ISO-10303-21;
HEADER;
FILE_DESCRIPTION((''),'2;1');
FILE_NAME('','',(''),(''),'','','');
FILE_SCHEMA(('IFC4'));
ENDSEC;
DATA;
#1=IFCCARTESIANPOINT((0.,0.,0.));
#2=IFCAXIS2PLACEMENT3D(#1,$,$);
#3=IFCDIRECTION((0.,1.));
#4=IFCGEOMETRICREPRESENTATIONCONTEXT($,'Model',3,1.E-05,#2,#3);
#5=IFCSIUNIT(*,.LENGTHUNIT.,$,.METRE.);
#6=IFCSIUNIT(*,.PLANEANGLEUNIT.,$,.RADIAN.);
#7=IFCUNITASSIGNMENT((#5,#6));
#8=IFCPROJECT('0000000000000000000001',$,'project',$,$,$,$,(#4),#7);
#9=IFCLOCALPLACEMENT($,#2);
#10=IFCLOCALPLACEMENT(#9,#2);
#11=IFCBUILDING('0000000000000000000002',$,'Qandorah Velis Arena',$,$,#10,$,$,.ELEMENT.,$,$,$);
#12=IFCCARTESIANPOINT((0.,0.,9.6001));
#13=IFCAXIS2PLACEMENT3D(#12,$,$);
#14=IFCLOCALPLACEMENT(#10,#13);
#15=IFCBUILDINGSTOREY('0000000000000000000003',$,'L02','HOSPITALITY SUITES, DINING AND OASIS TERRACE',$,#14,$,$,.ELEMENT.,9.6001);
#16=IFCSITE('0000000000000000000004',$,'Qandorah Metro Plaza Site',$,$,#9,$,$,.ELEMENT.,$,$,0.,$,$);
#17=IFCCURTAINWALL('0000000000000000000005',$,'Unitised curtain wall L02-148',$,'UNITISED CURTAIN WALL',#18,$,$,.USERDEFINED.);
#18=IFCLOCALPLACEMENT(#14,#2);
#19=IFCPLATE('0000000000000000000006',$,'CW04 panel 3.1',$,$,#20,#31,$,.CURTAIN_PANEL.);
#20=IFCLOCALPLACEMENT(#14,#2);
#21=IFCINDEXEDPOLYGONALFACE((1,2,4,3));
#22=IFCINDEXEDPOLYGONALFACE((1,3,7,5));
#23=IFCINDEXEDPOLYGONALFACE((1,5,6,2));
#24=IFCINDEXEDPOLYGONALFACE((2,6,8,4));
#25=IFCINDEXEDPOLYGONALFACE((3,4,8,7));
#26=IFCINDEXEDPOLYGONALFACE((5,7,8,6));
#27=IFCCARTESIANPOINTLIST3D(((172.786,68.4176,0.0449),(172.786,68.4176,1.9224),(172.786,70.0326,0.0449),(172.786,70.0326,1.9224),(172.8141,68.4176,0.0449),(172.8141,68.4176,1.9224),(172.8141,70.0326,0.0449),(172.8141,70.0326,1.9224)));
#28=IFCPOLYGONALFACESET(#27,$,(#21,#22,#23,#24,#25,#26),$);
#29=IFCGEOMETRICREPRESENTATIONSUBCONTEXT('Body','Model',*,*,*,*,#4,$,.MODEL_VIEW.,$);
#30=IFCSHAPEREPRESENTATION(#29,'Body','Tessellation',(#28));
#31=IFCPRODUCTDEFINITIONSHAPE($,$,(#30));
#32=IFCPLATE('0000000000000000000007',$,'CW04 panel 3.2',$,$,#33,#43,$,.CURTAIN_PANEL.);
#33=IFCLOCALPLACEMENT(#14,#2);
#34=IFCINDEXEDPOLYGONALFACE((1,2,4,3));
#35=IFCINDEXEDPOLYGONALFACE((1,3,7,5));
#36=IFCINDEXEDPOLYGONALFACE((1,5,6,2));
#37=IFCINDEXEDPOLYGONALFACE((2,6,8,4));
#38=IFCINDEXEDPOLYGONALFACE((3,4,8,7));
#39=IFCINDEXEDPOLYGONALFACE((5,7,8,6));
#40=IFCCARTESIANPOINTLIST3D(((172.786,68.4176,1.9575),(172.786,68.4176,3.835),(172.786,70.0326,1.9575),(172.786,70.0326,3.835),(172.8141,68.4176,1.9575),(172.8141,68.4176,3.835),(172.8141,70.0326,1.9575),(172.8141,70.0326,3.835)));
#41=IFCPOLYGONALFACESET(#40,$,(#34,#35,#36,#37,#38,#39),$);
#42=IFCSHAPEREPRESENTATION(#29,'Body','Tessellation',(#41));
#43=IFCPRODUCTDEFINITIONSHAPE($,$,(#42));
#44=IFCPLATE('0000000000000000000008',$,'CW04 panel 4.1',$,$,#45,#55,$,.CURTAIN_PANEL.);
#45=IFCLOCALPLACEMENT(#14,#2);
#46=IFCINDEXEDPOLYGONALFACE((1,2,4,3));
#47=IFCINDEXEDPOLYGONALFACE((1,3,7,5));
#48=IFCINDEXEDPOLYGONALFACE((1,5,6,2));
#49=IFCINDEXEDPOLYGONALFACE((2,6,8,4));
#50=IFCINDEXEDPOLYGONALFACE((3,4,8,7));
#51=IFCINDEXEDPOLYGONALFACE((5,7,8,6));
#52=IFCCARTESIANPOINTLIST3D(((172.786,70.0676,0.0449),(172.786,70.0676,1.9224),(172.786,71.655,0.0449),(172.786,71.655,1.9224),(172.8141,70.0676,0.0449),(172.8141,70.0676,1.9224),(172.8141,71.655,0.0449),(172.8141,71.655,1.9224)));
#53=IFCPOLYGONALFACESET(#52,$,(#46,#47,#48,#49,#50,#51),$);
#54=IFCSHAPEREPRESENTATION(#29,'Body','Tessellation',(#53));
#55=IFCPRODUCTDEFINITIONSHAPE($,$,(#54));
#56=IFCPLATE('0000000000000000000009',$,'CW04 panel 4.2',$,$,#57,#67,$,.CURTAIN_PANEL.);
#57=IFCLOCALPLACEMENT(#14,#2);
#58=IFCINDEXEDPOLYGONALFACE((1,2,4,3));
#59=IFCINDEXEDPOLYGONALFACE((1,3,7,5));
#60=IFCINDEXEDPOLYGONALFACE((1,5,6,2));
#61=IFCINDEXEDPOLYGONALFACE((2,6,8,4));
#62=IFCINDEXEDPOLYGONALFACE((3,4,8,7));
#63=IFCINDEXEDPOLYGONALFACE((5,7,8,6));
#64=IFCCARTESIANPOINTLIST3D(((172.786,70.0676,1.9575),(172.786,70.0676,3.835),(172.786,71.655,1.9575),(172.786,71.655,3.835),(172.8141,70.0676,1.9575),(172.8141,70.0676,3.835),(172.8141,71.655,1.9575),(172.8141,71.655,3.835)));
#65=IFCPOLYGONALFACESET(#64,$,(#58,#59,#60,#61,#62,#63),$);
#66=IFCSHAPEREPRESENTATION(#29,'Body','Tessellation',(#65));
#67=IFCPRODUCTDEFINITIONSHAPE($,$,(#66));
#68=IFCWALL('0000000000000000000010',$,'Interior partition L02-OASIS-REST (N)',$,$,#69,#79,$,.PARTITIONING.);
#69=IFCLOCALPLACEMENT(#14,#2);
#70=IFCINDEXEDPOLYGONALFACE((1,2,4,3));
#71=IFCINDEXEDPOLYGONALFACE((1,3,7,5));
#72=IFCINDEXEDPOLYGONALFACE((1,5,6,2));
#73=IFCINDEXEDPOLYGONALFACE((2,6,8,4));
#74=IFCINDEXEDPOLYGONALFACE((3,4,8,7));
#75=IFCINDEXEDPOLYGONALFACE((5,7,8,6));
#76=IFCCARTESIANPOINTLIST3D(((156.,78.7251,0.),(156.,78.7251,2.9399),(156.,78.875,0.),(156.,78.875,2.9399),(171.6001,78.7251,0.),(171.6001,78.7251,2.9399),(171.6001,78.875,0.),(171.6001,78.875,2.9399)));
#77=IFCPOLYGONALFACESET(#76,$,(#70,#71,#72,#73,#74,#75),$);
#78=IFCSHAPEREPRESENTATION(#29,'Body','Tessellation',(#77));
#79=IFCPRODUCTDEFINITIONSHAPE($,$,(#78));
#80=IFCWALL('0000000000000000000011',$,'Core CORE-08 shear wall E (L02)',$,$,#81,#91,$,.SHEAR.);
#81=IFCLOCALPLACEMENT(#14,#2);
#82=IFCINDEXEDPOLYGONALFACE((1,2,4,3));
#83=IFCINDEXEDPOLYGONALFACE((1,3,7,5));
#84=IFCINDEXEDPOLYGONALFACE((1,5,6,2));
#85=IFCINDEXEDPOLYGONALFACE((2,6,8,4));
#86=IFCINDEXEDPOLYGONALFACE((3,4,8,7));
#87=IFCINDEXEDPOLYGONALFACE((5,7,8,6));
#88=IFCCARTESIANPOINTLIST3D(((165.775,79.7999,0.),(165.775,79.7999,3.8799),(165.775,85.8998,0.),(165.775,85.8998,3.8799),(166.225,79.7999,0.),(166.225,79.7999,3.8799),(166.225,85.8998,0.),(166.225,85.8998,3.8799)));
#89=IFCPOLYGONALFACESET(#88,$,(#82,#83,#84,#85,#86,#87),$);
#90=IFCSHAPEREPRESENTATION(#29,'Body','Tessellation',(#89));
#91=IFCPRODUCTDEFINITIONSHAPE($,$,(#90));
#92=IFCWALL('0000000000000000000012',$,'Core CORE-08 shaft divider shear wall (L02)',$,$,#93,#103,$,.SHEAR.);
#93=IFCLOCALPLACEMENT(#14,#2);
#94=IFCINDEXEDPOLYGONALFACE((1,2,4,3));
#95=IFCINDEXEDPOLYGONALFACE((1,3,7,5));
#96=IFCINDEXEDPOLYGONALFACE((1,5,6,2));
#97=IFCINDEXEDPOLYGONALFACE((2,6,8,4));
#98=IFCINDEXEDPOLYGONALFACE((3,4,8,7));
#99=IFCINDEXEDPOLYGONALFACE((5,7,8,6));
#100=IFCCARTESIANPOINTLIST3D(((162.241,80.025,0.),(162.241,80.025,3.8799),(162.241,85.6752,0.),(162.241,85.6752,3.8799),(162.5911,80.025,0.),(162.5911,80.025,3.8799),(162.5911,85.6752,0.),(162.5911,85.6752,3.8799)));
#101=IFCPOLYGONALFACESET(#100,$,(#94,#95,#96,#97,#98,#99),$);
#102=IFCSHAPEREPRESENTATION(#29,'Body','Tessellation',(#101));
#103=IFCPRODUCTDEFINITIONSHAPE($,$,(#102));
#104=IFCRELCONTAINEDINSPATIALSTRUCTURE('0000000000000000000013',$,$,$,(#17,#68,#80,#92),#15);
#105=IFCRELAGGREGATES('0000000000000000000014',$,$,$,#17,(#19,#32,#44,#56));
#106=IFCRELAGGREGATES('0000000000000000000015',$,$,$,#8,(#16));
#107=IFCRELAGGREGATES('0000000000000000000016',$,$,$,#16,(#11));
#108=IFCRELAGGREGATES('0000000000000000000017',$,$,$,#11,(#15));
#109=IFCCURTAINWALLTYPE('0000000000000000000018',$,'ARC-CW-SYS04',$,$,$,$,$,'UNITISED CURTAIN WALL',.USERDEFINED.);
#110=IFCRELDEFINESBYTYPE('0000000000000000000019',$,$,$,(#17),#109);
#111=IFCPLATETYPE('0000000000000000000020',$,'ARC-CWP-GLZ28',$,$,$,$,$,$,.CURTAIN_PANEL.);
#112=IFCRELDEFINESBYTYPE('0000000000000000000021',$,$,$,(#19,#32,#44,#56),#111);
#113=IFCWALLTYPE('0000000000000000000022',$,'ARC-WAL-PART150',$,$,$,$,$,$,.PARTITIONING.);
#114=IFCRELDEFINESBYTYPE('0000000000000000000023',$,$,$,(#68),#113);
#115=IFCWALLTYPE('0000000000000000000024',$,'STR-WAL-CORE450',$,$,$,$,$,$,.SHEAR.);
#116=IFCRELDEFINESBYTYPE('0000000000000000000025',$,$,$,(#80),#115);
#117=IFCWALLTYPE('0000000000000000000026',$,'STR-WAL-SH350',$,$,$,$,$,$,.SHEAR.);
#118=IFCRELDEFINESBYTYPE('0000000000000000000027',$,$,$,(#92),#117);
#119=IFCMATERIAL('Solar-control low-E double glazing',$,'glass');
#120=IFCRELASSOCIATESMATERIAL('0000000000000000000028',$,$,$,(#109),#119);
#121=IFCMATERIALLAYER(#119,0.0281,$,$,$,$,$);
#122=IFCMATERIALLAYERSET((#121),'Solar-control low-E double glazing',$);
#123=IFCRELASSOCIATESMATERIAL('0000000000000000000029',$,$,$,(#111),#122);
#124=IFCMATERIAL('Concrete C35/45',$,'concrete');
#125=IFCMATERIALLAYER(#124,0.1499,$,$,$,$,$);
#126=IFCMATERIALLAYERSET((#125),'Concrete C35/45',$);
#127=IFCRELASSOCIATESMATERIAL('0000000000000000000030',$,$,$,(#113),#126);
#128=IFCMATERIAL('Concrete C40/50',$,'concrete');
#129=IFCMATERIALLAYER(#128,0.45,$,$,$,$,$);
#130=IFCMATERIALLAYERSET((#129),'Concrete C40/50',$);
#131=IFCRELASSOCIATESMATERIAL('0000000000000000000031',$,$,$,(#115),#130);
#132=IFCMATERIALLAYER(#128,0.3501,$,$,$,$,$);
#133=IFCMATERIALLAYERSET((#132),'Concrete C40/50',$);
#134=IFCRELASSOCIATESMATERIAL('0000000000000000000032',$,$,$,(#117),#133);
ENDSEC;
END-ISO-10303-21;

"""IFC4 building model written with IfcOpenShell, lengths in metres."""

from ifc_helpers import new_model, si_unit, direction, frame, frame_2d, origin, origin_2d, place, context, subcontext, project, spatial, rectangle, extrude, material, layer, layer_set, type_object, element, aggregate, save


model = new_model("IFC4")

# Units and contexts
model_context = context("Model", 3, precision=1e-05, world=origin(), true_north=direction((0.0, 1.0)))
body_context = subcontext(model_context, "Body", "Model", "MODEL_VIEW")
ifc_project = project(units=[si_unit("LENGTHUNIT", "METRE"), si_unit("PLANEANGLEUNIT", "RADIAN")], contexts=[model_context])

# Site, building, storey
site_placement = place(None, origin())
site = spatial("IfcSite", under=ifc_project, at=site_placement, Name="Qandorah Metro Plaza Site", CompositionType="ELEMENT", RefElevation=0.0)
building_placement = place(site_placement, origin())
building = spatial("IfcBuilding", under=site, at=building_placement, Name="Qandorah Velis Arena", CompositionType="ELEMENT")
storey_placement = place(building_placement, frame((0.0, 0.0, 9.6001)))
storey = spatial("IfcBuildingStorey", under=building, at=storey_placement, Name="L02", Description="HOSPITALITY SUITES, DINING AND OASIS TERRACE", CompositionType="ELEMENT", Elevation=9.6001)

# Shared definitions
ifc_material_1 = material(Name="Concrete C40/50", Category="concrete")

# Curtain wall
ifc_material_2 = material(Name="Solar-control low-E double glazing", Category="glass")
curtain_wall_type_1 = type_object("IfcCurtainWallType", Name="ARC-CW-SYS04", ElementType="UNITISED CURTAIN WALL", PredefinedType="USERDEFINED", material=ifc_material_2)
curtain_wall_1_placement = place(storey_placement, origin())
curtain_wall_1 = element("IfcCurtainWall", 1, at=curtain_wall_1_placement, inside=storey, type_object=curtain_wall_type_1, Name="Unitised curtain wall L02-148", ObjectType="UNITISED CURTAIN WALL", PredefinedType="USERDEFINED")

# Plates
ifc_layer_1 = layer(ifc_material_2, 0.0281)
ifc_layer_set_1 = layer_set([ifc_layer_1], Name="Solar-control low-E double glazing")
plate_type_1 = type_object("IfcPlateType", Name="ARC-CWP-GLZ28", PredefinedType="CURTAIN_PANEL", material=ifc_layer_set_1)
plate_1_placement = place(storey_placement, frame((172.8, 69.2251, 0.0449), z_axis=(0.0, 0.0, 1.0), x_axis=(0.0, 1.0, 0.0)))
plate_1 = element("IfcPlate", 2, at=plate_1_placement, type_object=plate_type_1, Name="CW04 panel 3.1", PredefinedType="CURTAIN_PANEL", context=body_context, shape_type="SweptSolid", body=[
    extrude(rectangle(XDim=1.615, YDim=0.0281, at=origin_2d()), origin(), (0.0, 0.0, 1.0), 1.8774),
])
plate_2_placement = place(storey_placement, frame((172.8, 69.2251, 1.9575), z_axis=(0.0, 0.0, 1.0), x_axis=(0.0, 1.0, 0.0)))
plate_2 = element("IfcPlate", 3, at=plate_2_placement, type_object=plate_type_1, Name="CW04 panel 3.2", PredefinedType="CURTAIN_PANEL", context=body_context, shape_type="SweptSolid", body=[
    extrude(rectangle(XDim=1.615, YDim=0.0281, at=origin_2d()), origin(), (0.0, 0.0, 1.0), 1.8774),
])
plate_3_placement = place(storey_placement, frame((172.8, 70.8613, 0.0449), z_axis=(0.0, 0.0, 1.0), x_axis=(0.0, 1.0, 0.0)))
plate_3 = element("IfcPlate", 4, at=plate_3_placement, type_object=plate_type_1, Name="CW04 panel 4.1", PredefinedType="CURTAIN_PANEL", context=body_context, shape_type="SweptSolid", body=[
    extrude(rectangle(XDim=1.5874, YDim=0.0281, at=origin_2d()), origin(), (0.0, 0.0, 1.0), 1.8774),
])
plate_4_placement = place(storey_placement, frame((172.8, 70.8613, 1.9575), z_axis=(0.0, 0.0, 1.0), x_axis=(0.0, 1.0, 0.0)))
plate_4 = element("IfcPlate", 5, at=plate_4_placement, type_object=plate_type_1, Name="CW04 panel 4.2", PredefinedType="CURTAIN_PANEL", context=body_context, shape_type="SweptSolid", body=[
    extrude(rectangle(XDim=1.5874, YDim=0.0281, at=origin_2d()), origin(), (0.0, 0.0, 1.0), 1.8774),
])
aggregate(curtain_wall_1, [plate_1, plate_2, plate_3, plate_4])

# Walls
ifc_material_3 = material(Name="Concrete C35/45", Category="concrete")
ifc_layer_2 = layer(ifc_material_3, 0.1499)
ifc_layer_set_2 = layer_set([ifc_layer_2], Name="Concrete C35/45")
wall_type_1 = type_object("IfcWallType", Name="ARC-WAL-PART150", PredefinedType="PARTITIONING", material=ifc_layer_set_2)
wall_1_placement = place(storey_placement, frame((171.6001, 78.8, 0.0), z_axis=(0.0, 0.0, 1.0), x_axis=(-1.0, 0.0, 0.0)))
element("IfcWall", 6, at=wall_1_placement, inside=storey, type_object=wall_type_1, Name="Interior partition L02-OASIS-REST (N)", PredefinedType="PARTITIONING", context=body_context, shape_type="SweptSolid", body=[
    extrude(rectangle(XDim=15.6001, YDim=0.1499, at=frame_2d((7.8, 0.0))), origin(), (0.0, 0.0, 1.0), 2.9399),
])
ifc_layer_3 = layer(ifc_material_1, 0.45)
ifc_layer_set_3 = layer_set([ifc_layer_3], Name="Concrete C40/50")
wall_type_2 = type_object("IfcWallType", Name="STR-WAL-CORE450", PredefinedType="SHEAR", material=ifc_layer_set_3)
wall_2_placement = place(storey_placement, frame((166.0, 79.8, 0.0), z_axis=(0.0, 0.0, 1.0), x_axis=(0.0, 1.0, 0.0)))
element("IfcWall", 7, at=wall_2_placement, inside=storey, type_object=wall_type_2, Name="Core CORE-08 shear wall E (L02)", PredefinedType="SHEAR", context=body_context, shape_type="SweptSolid", body=[
    extrude(rectangle(XDim=6.0999, YDim=0.45, at=frame_2d((3.0498, 0.0))), origin(), (0.0, 0.0, 1.0), 3.8799),
])
ifc_layer_4 = layer(ifc_material_1, 0.3501)
ifc_layer_set_4 = layer_set([ifc_layer_4], Name="Concrete C40/50")
wall_type_3 = type_object("IfcWallType", Name="STR-WAL-SH350", PredefinedType="SHEAR", material=ifc_layer_set_4)
wall_3_placement = place(storey_placement, frame((162.416, 80.0249, 0.0), z_axis=(0.0, 0.0, 1.0), x_axis=(0.0, 1.0, 0.0)))
element("IfcWall", 8, at=wall_3_placement, inside=storey, type_object=wall_type_3, Name="Core CORE-08 shaft divider shear wall (L02)", PredefinedType="SHEAR", context=body_context, shape_type="SweptSolid", body=[
    extrude(rectangle(XDim=5.6501, YDim=0.3501, at=frame_2d((2.8252, 0.0))), origin(), (0.0, 0.0, 1.0), 3.8799),
])

save(model, "model.ifc")
